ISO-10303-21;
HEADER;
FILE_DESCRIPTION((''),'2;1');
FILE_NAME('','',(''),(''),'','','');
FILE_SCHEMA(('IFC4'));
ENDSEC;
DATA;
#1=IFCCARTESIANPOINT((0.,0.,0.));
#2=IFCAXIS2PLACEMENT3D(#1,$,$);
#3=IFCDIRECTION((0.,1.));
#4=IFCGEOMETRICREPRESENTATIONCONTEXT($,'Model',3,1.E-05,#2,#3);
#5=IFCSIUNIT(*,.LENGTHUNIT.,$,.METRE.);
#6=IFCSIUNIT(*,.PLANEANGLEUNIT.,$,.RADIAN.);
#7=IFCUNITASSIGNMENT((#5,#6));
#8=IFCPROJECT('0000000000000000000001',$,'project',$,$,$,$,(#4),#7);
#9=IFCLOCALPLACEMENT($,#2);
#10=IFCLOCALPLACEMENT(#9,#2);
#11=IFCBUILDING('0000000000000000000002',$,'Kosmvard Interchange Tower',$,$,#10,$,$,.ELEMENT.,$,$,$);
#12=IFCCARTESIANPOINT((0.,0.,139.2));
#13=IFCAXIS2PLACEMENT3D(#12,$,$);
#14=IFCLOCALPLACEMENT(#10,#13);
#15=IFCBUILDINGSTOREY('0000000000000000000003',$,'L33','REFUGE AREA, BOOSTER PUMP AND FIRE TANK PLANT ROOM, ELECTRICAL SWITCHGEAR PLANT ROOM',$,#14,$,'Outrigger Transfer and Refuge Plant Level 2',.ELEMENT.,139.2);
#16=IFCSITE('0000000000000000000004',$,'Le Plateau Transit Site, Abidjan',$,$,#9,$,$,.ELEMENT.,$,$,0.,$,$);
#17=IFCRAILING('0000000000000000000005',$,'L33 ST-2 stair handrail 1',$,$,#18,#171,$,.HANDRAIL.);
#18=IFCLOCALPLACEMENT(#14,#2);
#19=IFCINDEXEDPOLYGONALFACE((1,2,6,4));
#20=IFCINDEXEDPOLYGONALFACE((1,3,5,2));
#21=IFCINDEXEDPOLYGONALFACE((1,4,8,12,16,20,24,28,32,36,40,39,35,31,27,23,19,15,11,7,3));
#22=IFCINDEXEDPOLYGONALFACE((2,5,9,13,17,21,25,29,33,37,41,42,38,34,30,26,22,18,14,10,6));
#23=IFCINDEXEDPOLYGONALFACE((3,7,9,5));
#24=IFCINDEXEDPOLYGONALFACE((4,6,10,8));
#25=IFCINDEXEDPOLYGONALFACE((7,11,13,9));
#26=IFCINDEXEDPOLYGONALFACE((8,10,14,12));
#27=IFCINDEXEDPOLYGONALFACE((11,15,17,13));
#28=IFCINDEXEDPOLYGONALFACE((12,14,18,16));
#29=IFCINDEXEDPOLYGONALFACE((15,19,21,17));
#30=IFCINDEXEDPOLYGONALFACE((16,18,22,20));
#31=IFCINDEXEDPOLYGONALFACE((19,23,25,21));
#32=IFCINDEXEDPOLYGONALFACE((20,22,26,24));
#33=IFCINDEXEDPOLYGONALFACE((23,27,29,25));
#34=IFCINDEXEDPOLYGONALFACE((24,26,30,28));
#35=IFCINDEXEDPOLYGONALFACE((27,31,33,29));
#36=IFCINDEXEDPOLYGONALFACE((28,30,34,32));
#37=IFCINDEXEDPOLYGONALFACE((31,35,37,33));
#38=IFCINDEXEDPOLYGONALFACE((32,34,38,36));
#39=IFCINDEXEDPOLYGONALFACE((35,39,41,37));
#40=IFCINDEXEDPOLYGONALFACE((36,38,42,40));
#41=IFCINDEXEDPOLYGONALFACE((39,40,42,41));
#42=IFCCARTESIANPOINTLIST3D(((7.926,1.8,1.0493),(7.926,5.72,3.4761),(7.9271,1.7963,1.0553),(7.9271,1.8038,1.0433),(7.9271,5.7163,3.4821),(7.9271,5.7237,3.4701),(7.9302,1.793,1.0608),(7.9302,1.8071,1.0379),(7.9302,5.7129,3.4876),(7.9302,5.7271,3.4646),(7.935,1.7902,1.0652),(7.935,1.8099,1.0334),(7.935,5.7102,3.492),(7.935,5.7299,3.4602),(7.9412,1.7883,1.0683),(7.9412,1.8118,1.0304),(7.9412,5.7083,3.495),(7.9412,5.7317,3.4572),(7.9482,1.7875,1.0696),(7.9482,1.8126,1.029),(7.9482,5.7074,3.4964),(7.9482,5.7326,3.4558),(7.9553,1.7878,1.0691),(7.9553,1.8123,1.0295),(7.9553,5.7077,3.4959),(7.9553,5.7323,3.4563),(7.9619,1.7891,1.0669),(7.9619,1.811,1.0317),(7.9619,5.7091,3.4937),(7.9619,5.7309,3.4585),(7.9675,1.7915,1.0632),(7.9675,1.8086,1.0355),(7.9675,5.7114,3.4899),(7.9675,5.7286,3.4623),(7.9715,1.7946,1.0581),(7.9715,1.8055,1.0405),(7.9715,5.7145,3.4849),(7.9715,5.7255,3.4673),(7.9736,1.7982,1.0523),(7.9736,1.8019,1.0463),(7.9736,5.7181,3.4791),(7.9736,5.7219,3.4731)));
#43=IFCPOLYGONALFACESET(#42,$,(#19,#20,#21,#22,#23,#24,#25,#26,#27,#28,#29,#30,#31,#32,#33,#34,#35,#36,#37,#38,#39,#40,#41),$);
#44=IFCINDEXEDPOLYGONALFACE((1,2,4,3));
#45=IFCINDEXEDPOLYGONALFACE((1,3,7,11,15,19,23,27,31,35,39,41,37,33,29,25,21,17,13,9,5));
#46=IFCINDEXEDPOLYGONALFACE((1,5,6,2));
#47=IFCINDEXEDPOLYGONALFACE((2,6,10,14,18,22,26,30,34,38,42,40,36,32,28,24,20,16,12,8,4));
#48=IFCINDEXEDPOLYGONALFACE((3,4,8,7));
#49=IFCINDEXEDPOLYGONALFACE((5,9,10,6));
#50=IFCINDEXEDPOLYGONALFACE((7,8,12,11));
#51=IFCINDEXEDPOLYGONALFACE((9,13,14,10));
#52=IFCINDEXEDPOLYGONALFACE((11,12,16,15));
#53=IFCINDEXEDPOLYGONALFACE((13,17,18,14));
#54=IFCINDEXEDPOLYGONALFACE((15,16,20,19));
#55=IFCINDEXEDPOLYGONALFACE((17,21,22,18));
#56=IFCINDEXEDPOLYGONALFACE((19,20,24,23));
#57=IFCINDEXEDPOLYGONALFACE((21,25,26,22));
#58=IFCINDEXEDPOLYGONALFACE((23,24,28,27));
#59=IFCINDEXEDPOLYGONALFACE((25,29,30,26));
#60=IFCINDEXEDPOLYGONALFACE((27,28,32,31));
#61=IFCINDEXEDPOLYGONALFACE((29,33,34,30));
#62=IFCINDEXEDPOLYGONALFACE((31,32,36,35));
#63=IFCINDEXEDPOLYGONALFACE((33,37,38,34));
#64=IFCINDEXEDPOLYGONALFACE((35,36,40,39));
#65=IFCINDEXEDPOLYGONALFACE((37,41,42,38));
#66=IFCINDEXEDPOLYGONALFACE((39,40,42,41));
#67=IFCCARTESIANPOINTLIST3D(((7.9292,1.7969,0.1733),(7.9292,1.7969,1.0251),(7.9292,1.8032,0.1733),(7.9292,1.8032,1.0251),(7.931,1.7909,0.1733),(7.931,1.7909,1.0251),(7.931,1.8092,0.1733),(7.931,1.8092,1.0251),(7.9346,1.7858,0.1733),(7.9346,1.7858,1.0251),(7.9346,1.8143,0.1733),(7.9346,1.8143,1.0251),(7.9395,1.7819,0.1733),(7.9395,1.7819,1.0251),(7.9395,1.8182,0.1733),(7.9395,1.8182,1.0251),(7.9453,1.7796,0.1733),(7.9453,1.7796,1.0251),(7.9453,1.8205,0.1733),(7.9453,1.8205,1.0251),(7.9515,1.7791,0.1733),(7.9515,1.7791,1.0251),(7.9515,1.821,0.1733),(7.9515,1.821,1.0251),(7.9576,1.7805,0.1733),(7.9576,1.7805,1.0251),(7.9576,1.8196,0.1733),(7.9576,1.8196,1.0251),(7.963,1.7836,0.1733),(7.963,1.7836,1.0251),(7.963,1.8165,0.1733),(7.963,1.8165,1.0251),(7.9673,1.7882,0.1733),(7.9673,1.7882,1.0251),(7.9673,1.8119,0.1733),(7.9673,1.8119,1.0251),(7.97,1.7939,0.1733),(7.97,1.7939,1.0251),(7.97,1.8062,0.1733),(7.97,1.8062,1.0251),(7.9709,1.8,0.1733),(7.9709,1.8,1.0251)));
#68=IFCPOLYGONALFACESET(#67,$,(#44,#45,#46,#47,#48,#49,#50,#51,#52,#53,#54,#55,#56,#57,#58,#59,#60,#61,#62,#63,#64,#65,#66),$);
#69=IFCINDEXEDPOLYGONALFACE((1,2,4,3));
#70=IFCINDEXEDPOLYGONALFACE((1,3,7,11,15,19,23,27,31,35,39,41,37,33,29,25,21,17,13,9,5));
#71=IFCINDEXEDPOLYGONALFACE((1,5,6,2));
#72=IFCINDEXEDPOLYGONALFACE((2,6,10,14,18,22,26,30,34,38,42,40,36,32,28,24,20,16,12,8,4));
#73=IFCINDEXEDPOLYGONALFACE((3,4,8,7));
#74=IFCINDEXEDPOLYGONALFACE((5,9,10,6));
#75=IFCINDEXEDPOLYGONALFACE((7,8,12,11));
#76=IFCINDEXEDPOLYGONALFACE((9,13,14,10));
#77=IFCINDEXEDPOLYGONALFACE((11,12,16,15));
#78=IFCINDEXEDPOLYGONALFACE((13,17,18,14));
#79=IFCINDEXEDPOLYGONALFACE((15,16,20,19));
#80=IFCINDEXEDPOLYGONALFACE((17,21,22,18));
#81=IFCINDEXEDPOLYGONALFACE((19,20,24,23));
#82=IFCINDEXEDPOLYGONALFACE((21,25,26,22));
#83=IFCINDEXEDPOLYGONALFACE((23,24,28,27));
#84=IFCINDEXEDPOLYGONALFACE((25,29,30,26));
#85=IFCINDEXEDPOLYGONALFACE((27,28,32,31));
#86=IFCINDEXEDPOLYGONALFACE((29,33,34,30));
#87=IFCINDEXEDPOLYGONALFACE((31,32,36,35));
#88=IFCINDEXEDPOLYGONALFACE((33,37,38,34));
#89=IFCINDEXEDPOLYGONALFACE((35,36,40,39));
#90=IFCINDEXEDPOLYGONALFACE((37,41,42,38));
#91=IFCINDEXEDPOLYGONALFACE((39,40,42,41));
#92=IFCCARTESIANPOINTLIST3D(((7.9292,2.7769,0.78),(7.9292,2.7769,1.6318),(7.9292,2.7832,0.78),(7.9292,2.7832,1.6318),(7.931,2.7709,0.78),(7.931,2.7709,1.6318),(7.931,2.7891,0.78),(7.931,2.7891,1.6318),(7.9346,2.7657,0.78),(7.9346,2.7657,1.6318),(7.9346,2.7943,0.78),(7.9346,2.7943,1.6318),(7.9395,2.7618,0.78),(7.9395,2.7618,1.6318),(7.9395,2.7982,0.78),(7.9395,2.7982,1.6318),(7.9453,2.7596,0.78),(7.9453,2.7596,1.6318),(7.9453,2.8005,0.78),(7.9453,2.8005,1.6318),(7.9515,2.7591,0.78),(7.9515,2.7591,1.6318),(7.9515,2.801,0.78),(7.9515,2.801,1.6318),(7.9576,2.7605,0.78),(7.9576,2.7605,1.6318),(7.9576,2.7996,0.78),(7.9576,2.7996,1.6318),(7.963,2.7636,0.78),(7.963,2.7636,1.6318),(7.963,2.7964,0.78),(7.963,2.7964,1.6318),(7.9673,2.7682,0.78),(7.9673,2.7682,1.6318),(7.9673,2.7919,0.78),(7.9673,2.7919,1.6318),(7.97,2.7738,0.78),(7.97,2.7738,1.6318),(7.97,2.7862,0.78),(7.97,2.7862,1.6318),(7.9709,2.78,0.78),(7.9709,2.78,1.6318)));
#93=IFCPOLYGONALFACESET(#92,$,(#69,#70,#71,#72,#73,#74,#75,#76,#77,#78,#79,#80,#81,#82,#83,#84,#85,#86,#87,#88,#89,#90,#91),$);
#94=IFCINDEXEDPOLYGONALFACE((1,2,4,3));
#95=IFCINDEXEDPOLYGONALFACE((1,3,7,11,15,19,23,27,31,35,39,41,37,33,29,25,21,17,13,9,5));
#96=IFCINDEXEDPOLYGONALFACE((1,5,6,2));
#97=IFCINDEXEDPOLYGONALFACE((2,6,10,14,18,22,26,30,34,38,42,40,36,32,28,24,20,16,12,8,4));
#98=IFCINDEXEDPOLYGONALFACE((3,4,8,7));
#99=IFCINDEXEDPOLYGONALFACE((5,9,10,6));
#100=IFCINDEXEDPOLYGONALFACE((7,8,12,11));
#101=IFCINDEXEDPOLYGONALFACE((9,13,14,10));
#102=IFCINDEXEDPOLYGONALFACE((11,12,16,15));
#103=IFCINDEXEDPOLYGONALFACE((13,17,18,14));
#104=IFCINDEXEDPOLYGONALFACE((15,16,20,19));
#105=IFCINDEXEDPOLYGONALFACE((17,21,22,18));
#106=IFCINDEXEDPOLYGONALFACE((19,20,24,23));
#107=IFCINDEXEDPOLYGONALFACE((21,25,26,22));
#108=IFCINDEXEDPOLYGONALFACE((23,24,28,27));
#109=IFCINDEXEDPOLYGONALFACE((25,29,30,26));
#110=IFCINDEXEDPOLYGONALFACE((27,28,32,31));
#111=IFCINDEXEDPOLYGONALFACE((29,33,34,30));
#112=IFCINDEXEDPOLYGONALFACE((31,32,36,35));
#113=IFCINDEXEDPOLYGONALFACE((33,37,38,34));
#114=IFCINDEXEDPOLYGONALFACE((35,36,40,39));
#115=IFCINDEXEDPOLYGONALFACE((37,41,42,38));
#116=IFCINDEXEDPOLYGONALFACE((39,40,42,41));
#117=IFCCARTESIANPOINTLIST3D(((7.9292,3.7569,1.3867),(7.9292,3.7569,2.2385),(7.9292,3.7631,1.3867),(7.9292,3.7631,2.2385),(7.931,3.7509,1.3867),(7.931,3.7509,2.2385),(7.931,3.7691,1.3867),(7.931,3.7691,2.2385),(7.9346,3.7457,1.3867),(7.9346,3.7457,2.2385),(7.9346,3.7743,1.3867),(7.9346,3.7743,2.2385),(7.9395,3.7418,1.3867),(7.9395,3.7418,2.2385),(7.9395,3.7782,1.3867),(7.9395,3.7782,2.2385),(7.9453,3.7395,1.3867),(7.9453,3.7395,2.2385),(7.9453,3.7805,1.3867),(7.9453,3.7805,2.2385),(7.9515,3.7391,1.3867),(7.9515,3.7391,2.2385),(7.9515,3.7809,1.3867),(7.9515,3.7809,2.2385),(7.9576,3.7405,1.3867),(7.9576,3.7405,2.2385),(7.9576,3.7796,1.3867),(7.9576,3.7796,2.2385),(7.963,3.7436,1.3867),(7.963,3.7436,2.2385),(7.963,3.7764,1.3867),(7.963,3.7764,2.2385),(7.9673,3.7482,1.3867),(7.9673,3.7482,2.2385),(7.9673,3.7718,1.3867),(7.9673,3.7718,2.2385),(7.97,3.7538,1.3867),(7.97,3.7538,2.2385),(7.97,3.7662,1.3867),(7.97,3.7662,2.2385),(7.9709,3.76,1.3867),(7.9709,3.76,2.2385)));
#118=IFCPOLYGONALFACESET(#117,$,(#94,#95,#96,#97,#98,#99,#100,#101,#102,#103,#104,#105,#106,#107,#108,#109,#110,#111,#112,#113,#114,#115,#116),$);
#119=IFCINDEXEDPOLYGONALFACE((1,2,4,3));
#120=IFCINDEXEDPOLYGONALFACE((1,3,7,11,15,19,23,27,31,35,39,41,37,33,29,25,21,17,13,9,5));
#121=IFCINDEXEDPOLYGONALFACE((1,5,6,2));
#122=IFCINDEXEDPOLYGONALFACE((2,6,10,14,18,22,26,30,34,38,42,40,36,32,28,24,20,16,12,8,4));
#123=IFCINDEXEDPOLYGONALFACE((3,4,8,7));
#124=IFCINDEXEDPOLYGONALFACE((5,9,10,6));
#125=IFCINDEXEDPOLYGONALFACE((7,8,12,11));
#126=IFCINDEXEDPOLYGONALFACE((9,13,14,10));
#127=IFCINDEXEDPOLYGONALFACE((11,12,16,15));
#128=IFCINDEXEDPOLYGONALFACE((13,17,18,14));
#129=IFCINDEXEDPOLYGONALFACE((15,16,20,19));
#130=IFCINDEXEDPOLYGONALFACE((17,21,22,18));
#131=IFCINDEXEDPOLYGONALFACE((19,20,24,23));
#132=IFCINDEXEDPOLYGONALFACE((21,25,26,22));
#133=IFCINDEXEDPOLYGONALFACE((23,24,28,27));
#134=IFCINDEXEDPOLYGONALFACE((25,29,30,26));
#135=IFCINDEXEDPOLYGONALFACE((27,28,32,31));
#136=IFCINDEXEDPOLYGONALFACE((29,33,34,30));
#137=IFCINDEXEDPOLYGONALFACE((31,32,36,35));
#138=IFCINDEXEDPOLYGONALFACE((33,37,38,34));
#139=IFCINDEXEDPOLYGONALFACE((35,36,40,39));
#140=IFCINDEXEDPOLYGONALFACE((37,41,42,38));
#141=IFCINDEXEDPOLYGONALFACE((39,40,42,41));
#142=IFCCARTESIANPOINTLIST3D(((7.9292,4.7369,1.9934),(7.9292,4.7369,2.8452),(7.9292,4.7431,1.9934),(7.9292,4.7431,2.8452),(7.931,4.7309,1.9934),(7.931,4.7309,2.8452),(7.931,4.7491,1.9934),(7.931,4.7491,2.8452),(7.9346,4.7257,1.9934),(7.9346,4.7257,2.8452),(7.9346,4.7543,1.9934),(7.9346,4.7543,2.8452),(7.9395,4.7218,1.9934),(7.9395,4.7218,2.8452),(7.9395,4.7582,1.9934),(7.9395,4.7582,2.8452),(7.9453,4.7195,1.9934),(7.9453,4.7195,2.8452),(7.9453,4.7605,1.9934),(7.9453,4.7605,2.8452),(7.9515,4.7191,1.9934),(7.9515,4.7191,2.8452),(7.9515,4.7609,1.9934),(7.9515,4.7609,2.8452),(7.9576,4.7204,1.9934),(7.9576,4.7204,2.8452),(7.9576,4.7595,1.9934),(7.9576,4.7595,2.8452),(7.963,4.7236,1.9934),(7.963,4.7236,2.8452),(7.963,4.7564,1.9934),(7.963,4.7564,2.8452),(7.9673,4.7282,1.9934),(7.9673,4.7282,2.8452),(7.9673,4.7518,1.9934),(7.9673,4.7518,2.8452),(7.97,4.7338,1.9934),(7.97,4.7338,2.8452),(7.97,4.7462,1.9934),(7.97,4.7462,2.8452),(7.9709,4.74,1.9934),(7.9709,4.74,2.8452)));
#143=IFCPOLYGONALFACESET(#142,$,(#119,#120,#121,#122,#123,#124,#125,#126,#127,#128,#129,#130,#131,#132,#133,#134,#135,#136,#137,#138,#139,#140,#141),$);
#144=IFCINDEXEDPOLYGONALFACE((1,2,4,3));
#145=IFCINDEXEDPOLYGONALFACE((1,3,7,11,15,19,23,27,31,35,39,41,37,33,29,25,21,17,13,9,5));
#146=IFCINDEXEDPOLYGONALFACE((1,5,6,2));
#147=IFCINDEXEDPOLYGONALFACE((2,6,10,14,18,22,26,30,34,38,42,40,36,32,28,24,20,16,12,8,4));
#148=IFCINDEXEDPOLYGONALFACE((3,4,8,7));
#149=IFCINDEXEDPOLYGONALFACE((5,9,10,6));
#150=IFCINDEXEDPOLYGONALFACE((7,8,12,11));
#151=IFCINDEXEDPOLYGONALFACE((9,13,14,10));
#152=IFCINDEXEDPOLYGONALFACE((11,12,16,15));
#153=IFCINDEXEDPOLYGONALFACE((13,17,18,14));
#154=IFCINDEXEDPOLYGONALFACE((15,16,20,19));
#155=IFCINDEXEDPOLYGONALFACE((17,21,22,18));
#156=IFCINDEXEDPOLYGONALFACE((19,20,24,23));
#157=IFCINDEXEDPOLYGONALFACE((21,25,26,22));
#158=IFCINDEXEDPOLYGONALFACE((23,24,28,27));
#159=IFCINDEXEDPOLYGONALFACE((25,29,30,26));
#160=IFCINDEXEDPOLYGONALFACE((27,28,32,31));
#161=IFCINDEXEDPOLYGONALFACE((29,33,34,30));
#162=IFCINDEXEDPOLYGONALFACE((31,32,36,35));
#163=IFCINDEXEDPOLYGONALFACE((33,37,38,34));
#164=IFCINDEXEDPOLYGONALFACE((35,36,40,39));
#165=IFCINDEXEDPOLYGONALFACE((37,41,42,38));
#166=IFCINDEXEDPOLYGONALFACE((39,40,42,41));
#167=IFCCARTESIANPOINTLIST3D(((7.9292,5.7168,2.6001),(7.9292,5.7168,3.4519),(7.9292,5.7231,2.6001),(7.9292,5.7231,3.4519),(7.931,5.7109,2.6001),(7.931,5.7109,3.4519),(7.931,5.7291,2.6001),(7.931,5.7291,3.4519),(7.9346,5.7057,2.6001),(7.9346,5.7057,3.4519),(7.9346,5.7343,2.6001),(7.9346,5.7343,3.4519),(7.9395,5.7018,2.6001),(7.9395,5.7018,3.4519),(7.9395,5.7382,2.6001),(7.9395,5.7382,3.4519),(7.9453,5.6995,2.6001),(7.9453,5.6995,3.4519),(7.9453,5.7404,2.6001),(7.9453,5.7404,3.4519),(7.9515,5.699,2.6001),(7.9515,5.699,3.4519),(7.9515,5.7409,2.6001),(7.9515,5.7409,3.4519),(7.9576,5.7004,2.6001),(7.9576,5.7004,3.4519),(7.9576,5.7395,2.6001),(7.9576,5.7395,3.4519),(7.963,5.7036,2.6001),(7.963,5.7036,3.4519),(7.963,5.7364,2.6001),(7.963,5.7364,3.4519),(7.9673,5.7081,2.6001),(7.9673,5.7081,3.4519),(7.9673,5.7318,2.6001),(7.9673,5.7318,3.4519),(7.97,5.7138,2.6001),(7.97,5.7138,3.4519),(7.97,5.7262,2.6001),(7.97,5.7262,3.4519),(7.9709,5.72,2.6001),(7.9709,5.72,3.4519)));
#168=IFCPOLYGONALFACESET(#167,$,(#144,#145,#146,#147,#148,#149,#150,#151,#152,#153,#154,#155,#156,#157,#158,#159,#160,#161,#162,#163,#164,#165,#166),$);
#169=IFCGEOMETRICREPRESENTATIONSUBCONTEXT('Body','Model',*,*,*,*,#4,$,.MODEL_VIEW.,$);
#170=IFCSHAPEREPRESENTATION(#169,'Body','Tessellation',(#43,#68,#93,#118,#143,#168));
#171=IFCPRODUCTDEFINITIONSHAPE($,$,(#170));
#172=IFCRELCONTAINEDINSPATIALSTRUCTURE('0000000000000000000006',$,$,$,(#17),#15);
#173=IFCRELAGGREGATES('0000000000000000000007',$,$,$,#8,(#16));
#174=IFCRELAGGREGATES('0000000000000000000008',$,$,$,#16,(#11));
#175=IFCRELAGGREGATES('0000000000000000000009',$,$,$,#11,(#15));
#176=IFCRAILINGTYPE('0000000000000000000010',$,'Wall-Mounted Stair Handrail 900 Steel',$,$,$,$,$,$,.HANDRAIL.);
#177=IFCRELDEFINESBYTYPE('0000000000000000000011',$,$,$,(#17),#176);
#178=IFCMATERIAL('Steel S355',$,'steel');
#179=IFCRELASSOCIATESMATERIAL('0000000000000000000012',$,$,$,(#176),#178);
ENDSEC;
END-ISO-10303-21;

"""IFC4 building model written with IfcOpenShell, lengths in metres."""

from ifc_helpers import new_model, si_unit, direction, frame, origin, origin_2d, place, context, subcontext, project, spatial, circle, extrude, source, transform, mapped, material, type_object, element, save


model = new_model("IFC4")

# Units and contexts
model_context = context("Model", 3, precision=1e-05, world=origin(), true_north=direction((0.0, 1.0)))
body_context = subcontext(model_context, "Body", "Model", "MODEL_VIEW")
ifc_project = project(units=[si_unit("LENGTHUNIT", "METRE"), si_unit("PLANEANGLEUNIT", "RADIAN")], contexts=[model_context])

# Site, building, storey
site_placement = place(None, origin())
site = spatial("IfcSite", under=ifc_project, at=site_placement, Name="Le Plateau Transit Site, Abidjan", CompositionType="ELEMENT", RefElevation=0.0)
building_placement = place(site_placement, origin())
building = spatial("IfcBuilding", under=site, at=building_placement, Name="Kosmvard Interchange Tower", CompositionType="ELEMENT")
storey_placement = place(building_placement, frame((0.0, 0.0, 139.2)))
storey = spatial("IfcBuildingStorey", under=building, at=storey_placement, Name="L33", Description="REFUGE AREA, BOOSTER PUMP AND FIRE TANK PLANT ROOM, ELECTRICAL SWITCHGEAR PLANT ROOM", LongName="Outrigger Transfer and Refuge Plant Level 2", CompositionType="ELEMENT", Elevation=139.2)

# Railing
ifc_material_1 = material(Name="Steel S355", Category="steel")
railing_type_1 = type_object("IfcRailingType", Name="Wall-Mounted Stair Handrail 900 Steel", PredefinedType="HANDRAIL", material=ifc_material_1)
shared_shape_1 = source(origin(), body_context, "Body", "SweptSolid", [
    extrude(circle(Radius=0.0239, at=origin_2d()), frame((0.0, 0.0, 0.876), z_axis=(0.0, 0.850252, 0.526376), x_axis=(-1.0, 0.0, 0.0)), (0.0, 0.0, 1.0), 4.6104),
    extrude(circle(Radius=0.021, at=origin_2d()), origin(), (0.0, 0.0, 1.0), 0.8518),
    extrude(circle(Radius=0.021, at=origin_2d()), frame((0.0, 0.98, 0.6067)), (0.0, 0.0, 1.0), 0.8518),
    extrude(circle(Radius=0.021, at=origin_2d()), frame((0.0, 1.96, 1.2134)), (0.0, 0.0, 1.0), 0.8518),
    extrude(circle(Radius=0.021, at=origin_2d()), frame((0.0, 2.9399, 1.8201)), (0.0, 0.0, 1.0), 0.8518),
    extrude(circle(Radius=0.021, at=origin_2d()), frame((0.0, 3.9199, 2.4268)), (0.0, 0.0, 1.0), 0.8518),
])
railing_1_placement = place(storey_placement, frame((7.95, 1.8, 0.1733)))
element("IfcRailing", 1, at=railing_1_placement, inside=storey, type_object=railing_type_1, Name="L33 ST-2 stair handrail 1", PredefinedType="HANDRAIL", context=body_context, shape_type="MappedRepresentation", body=[
    mapped(shared_shape_1, transform((0.0, 0.0, 0.0), scale=1.0)),
])

save(model, "model.ifc")
